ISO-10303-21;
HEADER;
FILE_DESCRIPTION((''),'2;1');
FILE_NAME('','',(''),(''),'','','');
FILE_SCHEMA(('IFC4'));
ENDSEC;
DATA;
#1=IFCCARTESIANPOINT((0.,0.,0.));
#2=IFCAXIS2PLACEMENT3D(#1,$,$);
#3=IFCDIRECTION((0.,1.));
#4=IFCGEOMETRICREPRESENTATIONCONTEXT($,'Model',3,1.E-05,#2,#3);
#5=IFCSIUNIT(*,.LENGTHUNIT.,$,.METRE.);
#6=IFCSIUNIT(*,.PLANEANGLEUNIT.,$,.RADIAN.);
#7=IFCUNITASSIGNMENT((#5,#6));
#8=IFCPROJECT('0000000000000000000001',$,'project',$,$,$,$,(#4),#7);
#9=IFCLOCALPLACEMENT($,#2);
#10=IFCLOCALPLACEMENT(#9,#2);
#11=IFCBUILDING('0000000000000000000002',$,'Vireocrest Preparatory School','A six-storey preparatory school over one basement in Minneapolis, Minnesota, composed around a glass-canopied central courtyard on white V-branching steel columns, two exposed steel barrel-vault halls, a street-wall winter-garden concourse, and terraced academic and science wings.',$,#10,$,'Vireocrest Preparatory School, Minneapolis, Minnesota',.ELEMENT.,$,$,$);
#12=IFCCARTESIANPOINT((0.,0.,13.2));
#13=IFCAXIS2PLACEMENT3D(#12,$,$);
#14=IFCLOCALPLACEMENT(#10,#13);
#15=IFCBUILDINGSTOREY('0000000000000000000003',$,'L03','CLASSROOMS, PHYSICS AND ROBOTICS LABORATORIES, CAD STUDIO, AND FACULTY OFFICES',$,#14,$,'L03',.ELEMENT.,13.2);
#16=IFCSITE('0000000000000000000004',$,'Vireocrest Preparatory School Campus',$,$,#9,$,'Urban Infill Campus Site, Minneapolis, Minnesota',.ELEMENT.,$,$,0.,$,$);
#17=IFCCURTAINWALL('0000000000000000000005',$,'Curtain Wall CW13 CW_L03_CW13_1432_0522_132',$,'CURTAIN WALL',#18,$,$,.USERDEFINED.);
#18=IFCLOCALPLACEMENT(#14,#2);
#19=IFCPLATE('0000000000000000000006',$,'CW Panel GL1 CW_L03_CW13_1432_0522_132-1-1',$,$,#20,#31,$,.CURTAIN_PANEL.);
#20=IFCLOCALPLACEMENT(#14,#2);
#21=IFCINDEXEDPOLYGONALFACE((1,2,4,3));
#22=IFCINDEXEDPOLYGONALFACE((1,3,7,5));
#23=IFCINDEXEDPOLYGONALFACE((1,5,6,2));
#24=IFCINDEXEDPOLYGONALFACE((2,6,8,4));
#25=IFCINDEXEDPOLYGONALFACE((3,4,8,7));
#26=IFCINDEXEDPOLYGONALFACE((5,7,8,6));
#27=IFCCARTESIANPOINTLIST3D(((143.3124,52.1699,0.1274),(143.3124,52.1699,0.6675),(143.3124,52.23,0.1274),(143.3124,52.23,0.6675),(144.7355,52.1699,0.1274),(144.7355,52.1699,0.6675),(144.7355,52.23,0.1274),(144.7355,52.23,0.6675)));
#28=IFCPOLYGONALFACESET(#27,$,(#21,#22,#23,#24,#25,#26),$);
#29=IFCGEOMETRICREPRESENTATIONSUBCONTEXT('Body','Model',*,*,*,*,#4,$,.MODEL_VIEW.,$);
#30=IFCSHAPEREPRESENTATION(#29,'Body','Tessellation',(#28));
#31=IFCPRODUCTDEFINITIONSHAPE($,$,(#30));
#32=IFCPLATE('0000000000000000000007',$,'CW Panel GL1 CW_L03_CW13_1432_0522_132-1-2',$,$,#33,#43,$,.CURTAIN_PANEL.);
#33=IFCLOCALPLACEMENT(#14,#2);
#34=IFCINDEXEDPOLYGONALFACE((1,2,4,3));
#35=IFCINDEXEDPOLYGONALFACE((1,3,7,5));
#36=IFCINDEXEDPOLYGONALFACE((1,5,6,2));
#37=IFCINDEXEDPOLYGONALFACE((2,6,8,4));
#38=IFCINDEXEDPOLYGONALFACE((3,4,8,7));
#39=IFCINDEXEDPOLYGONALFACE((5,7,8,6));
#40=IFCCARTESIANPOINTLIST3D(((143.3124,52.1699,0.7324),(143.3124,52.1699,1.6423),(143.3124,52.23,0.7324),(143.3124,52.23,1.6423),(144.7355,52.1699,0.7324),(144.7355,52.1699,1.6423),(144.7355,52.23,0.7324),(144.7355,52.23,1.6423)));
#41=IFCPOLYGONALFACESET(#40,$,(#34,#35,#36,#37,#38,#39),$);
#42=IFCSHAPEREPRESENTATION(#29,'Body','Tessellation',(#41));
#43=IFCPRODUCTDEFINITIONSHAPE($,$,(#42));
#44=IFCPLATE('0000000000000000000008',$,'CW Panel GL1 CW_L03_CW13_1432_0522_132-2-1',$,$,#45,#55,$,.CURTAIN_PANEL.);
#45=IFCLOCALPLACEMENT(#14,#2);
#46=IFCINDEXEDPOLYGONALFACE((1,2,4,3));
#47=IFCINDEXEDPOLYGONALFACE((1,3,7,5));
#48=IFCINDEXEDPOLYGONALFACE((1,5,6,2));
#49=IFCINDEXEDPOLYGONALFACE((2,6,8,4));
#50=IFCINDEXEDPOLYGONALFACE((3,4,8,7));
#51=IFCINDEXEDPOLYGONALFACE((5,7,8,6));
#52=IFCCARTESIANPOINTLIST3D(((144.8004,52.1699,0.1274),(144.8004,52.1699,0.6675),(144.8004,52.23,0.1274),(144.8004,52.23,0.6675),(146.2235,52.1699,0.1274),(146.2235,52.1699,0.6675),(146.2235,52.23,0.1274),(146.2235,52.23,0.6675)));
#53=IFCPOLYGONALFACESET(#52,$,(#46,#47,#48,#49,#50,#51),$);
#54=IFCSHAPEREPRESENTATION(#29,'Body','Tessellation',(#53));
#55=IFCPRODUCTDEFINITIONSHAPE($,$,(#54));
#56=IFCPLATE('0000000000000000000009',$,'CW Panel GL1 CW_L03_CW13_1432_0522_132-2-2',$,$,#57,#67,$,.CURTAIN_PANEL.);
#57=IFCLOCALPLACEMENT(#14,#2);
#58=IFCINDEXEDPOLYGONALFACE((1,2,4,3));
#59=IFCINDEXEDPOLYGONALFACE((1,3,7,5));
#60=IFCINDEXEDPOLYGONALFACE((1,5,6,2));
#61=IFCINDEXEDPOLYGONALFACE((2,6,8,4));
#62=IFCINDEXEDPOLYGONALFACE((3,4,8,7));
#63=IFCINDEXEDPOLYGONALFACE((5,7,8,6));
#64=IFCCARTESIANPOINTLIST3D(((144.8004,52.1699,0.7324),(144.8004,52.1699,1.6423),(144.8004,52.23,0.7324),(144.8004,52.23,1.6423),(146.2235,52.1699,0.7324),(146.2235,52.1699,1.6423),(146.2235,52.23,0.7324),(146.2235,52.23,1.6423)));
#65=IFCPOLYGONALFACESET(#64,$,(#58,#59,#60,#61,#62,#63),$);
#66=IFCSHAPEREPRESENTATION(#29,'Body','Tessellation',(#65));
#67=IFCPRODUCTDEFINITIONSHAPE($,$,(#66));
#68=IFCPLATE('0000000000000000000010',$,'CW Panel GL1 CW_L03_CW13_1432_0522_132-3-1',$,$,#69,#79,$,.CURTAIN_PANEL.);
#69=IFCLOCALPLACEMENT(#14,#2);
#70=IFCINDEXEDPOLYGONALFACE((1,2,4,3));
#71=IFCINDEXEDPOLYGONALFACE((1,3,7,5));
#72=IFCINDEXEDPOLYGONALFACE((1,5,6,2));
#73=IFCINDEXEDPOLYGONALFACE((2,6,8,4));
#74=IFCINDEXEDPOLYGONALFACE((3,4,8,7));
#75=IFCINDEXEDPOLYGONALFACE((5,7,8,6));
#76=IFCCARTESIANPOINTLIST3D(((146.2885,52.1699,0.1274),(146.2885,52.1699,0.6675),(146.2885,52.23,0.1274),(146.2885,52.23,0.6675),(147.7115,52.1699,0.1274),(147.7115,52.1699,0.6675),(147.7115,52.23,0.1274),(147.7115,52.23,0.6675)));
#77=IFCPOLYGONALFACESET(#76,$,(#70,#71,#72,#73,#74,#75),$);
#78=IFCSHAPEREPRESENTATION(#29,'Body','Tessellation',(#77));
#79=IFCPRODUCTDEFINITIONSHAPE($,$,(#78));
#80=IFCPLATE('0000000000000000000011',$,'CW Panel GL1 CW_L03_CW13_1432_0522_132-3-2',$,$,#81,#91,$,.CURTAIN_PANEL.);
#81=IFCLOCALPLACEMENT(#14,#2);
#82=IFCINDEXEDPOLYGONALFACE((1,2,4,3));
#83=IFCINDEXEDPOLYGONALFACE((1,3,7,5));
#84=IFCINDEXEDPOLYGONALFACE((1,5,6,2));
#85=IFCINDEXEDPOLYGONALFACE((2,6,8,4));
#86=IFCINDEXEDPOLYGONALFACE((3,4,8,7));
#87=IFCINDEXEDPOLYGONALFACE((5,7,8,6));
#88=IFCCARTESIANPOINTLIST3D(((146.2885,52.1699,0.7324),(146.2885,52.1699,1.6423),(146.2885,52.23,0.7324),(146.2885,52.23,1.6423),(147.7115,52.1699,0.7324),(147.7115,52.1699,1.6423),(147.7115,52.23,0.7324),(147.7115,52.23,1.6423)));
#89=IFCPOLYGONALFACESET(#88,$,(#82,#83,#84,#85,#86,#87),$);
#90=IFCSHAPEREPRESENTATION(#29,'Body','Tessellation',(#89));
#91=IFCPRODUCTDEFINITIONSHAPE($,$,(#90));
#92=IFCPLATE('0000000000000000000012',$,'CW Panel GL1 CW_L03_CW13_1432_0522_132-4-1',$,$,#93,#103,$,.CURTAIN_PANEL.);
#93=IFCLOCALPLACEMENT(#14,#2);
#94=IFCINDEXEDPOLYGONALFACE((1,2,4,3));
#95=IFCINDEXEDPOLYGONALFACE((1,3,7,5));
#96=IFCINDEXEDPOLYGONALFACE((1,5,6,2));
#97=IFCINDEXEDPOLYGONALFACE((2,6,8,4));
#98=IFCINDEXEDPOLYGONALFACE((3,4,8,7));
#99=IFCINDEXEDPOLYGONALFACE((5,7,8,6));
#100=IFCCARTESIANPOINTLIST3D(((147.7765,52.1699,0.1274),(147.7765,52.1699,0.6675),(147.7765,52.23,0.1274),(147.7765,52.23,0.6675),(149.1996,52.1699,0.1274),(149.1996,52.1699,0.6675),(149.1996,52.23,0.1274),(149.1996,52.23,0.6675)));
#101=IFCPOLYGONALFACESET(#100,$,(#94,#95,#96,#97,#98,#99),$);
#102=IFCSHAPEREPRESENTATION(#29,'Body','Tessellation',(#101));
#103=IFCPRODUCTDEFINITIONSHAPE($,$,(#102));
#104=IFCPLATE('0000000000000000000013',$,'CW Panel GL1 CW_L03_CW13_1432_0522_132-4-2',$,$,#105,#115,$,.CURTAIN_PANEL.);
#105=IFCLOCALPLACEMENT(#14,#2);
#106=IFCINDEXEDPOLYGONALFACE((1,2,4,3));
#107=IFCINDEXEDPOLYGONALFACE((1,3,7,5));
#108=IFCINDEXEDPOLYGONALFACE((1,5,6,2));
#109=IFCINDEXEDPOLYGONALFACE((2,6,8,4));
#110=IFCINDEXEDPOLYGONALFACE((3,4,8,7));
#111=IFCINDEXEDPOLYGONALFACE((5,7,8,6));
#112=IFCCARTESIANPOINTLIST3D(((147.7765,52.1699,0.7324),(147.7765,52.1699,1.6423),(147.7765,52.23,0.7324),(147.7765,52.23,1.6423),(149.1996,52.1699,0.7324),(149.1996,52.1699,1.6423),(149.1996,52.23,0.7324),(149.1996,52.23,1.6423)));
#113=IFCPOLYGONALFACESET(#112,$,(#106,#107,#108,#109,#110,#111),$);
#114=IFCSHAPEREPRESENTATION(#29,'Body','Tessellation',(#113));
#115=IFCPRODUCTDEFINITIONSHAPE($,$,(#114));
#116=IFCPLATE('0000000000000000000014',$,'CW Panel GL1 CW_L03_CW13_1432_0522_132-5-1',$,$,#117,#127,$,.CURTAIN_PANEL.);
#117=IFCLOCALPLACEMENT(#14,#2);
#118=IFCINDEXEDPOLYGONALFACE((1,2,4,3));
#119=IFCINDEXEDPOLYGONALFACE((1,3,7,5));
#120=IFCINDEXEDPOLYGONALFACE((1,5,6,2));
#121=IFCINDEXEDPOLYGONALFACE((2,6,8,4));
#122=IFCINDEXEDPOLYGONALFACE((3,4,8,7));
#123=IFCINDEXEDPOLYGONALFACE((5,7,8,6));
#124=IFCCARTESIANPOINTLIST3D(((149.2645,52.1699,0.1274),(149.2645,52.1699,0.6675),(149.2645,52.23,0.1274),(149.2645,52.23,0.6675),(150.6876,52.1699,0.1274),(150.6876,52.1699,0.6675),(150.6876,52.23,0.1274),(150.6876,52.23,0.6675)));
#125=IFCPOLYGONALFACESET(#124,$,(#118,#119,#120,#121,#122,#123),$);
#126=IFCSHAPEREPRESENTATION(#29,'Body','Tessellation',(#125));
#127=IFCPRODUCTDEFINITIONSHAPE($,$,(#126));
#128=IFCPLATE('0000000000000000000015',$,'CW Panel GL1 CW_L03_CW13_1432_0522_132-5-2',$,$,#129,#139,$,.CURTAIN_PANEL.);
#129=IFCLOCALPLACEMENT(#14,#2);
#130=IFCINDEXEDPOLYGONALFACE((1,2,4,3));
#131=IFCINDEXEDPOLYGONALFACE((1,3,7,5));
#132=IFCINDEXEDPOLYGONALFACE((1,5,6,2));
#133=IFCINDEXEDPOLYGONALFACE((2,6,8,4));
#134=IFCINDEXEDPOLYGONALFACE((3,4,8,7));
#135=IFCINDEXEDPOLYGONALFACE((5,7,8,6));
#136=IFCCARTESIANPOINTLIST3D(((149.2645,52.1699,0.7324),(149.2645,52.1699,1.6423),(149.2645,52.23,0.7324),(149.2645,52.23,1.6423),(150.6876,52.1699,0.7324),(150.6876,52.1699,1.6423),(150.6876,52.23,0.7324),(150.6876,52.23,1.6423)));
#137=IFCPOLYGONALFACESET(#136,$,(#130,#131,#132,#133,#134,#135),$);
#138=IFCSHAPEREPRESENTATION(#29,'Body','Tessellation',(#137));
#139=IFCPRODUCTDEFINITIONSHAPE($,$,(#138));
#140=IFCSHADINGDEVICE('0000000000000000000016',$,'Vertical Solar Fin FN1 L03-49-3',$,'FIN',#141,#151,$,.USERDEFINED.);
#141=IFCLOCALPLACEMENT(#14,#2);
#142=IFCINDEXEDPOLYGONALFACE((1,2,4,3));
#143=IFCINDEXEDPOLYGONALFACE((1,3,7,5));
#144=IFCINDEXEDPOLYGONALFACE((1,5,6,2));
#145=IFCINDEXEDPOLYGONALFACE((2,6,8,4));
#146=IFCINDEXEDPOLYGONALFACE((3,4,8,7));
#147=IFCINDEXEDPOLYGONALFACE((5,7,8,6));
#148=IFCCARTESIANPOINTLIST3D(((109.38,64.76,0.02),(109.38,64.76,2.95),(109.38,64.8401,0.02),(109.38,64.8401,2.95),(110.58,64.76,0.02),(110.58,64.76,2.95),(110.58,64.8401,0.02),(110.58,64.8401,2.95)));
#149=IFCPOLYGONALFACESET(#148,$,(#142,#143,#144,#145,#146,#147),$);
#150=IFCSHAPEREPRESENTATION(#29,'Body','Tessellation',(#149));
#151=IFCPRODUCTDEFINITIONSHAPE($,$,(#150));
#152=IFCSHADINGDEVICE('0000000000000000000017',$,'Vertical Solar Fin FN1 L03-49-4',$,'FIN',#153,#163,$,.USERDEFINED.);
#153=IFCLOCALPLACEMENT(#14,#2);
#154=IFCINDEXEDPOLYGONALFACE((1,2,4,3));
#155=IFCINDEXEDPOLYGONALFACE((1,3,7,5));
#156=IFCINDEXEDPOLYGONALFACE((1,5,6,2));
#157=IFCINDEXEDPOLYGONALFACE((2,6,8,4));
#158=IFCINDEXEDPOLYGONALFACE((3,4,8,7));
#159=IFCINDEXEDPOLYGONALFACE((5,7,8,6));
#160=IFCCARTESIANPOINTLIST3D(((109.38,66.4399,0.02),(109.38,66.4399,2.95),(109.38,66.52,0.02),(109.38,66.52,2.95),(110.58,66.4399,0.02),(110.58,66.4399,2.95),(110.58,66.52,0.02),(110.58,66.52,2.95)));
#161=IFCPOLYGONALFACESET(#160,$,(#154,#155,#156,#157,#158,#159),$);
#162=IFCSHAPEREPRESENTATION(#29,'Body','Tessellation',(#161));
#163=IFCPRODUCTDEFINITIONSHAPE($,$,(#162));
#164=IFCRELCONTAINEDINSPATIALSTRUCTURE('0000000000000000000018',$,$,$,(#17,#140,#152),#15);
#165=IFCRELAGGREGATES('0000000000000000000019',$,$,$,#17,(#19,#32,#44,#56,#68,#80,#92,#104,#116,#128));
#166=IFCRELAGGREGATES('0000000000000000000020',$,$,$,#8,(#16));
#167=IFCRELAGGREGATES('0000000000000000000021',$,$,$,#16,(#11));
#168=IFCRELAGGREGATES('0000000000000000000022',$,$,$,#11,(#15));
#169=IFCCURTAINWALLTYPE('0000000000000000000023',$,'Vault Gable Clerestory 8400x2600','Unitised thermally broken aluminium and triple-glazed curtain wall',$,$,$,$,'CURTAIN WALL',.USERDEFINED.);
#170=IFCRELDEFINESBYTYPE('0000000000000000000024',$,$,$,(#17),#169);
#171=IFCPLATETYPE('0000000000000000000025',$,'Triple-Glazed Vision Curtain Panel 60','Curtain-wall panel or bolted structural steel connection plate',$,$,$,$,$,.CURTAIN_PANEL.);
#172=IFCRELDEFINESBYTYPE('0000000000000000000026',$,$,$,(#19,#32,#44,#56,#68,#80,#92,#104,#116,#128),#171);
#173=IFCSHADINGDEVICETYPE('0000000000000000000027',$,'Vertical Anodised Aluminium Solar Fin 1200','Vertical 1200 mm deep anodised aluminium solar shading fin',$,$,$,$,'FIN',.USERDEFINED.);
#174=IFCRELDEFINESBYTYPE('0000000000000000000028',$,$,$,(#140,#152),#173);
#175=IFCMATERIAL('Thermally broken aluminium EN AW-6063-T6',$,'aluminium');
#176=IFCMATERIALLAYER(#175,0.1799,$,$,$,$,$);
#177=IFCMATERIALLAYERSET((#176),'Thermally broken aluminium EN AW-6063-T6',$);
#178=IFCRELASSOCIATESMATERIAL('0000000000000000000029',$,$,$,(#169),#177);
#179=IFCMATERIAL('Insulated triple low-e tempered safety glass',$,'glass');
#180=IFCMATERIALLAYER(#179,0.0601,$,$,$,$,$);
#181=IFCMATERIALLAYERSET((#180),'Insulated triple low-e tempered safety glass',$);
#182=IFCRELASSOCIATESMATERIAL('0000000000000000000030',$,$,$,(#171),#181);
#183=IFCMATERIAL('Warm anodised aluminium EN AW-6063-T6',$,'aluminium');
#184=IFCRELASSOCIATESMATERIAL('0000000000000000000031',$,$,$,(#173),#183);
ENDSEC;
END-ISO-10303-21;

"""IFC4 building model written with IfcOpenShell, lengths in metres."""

from ifc_helpers import new_model, si_unit, direction, frame, origin, origin_2d, place, context, subcontext, project, spatial, rectangle, extrude, material, layer, layer_set, material_profile, profile_set, type_object, element, aggregate, save


model = new_model("IFC4")

# Units and contexts
model_context = context("Model", 3, precision=1e-05, world=origin(), true_north=direction((0.0, 1.0)))
body_context = subcontext(model_context, "Body", "Model", "MODEL_VIEW")
ifc_project = project(units=[si_unit("LENGTHUNIT", "METRE"), si_unit("PLANEANGLEUNIT", "RADIAN")], contexts=[model_context])

# Site, building, storey
site_placement = place(None, origin())
site = spatial("IfcSite", under=ifc_project, at=site_placement, Name="Vireocrest Preparatory School Campus", LongName="Urban Infill Campus Site, Minneapolis, Minnesota", CompositionType="ELEMENT", RefElevation=0.0)
building_placement = place(site_placement, origin())
building = spatial("IfcBuilding", under=site, at=building_placement, Name="Vireocrest Preparatory School", Description="A six-storey preparatory school over one basement in Minneapolis, Minnesota, composed around a glass-canopied central courtyard on white V-branching steel columns, two exposed steel barrel-vault halls, a street-wall winter-garden concourse, and terraced academic and science wings.", LongName="Vireocrest Preparatory School, Minneapolis, Minnesota", CompositionType="ELEMENT")
storey_placement = place(building_placement, frame((0.0, 0.0, 13.2)))
storey = spatial("IfcBuildingStorey", under=building, at=storey_placement, Name="L03", Description="CLASSROOMS, PHYSICS AND ROBOTICS LABORATORIES, CAD STUDIO, AND FACULTY OFFICES", LongName="L03", CompositionType="ELEMENT", Elevation=13.2)

# Curtain wall
ifc_material_1 = material(Name="Thermally broken aluminium EN AW-6063-T6", Category="aluminium")
ifc_layer_1 = layer(ifc_material_1, 0.1799)
ifc_layer_set_1 = layer_set([ifc_layer_1], Name="Thermally broken aluminium EN AW-6063-T6")
curtain_wall_type = type_object("IfcCurtainWallType", Name="Vault Gable Clerestory 8400x2600", Description="Unitised thermally broken aluminium and triple-glazed curtain wall", ElementType="CURTAIN WALL", PredefinedType="USERDEFINED", material=ifc_layer_set_1)
curtain_wall_placement = place(storey_placement, origin())
curtain_wall = element("IfcCurtainWall", 1, at=curtain_wall_placement, inside=storey, type_object=curtain_wall_type, Name="Curtain Wall CW13 CW_L03_CW13_1432_0522_132", ObjectType="CURTAIN WALL", PredefinedType="USERDEFINED")

# Plates
ifc_material_2 = material(Name="Insulated triple low-e tempered safety glass", Category="glass")
ifc_layer_2 = layer(ifc_material_2, 0.0601)
ifc_layer_set_2 = layer_set([ifc_layer_2], Name="Insulated triple low-e tempered safety glass")
plate_type_1 = type_object("IfcPlateType", Name="Triple-Glazed Vision Curtain Panel 60", Description="Curtain-wall panel or bolted structural steel connection plate", PredefinedType="CURTAIN_PANEL", material=ifc_layer_set_2)
plate_1_placement = place(storey_placement, frame((144.0239, 52.2, 0.1274), z_axis=(0.0, 0.0, 1.0), x_axis=(1.0, 0.0, 0.0)))
plate_1 = element("IfcPlate", 2, at=plate_1_placement, type_object=plate_type_1, Name="CW Panel GL1 CW_L03_CW13_1432_0522_132-1-1", PredefinedType="CURTAIN_PANEL", context=body_context, shape_type="SweptSolid", body=[
    extrude(rectangle(XDim=1.4231, YDim=0.0601, at=origin_2d()), origin(), (0.0, 0.0, 1.0), 0.54),
])
plate_2_placement = place(storey_placement, frame((144.0239, 52.2, 0.7324), z_axis=(0.0, 0.0, 1.0), x_axis=(1.0, 0.0, 0.0)))
plate_2 = element("IfcPlate", 3, at=plate_2_placement, type_object=plate_type_1, Name="CW Panel GL1 CW_L03_CW13_1432_0522_132-1-2", PredefinedType="CURTAIN_PANEL", context=body_context, shape_type="SweptSolid", body=[
    extrude(rectangle(XDim=1.4231, YDim=0.0601, at=origin_2d()), origin(), (0.0, 0.0, 1.0), 0.9099),
])
plate_3_placement = place(storey_placement, frame((145.512, 52.2, 0.1274), z_axis=(0.0, 0.0, 1.0), x_axis=(1.0, 0.0, 0.0)))
plate_3 = element("IfcPlate", 4, at=plate_3_placement, type_object=plate_type_1, Name="CW Panel GL1 CW_L03_CW13_1432_0522_132-2-1", PredefinedType="CURTAIN_PANEL", context=body_context, shape_type="SweptSolid", body=[
    extrude(rectangle(XDim=1.4231, YDim=0.0601, at=origin_2d()), origin(), (0.0, 0.0, 1.0), 0.54),
])
plate_4_placement = place(storey_placement, frame((145.512, 52.2, 0.7324), z_axis=(0.0, 0.0, 1.0), x_axis=(1.0, 0.0, 0.0)))
plate_4 = element("IfcPlate", 5, at=plate_4_placement, type_object=plate_type_1, Name="CW Panel GL1 CW_L03_CW13_1432_0522_132-2-2", PredefinedType="CURTAIN_PANEL", context=body_context, shape_type="SweptSolid", body=[
    extrude(rectangle(XDim=1.4231, YDim=0.0601, at=origin_2d()), origin(), (0.0, 0.0, 1.0), 0.9099),
])
plate_5_placement = place(storey_placement, frame((147.0, 52.2, 0.1274), z_axis=(0.0, 0.0, 1.0), x_axis=(1.0, 0.0, 0.0)))
plate_5 = element("IfcPlate", 6, at=plate_5_placement, type_object=plate_type_1, Name="CW Panel GL1 CW_L03_CW13_1432_0522_132-3-1", PredefinedType="CURTAIN_PANEL", context=body_context, shape_type="SweptSolid", body=[
    extrude(rectangle(XDim=1.4231, YDim=0.0601, at=origin_2d()), origin(), (0.0, 0.0, 1.0), 0.54),
])
plate_6_placement = place(storey_placement, frame((147.0, 52.2, 0.7324), z_axis=(0.0, 0.0, 1.0), x_axis=(1.0, 0.0, 0.0)))
plate_6 = element("IfcPlate", 7, at=plate_6_placement, type_object=plate_type_1, Name="CW Panel GL1 CW_L03_CW13_1432_0522_132-3-2", PredefinedType="CURTAIN_PANEL", context=body_context, shape_type="SweptSolid", body=[
    extrude(rectangle(XDim=1.4231, YDim=0.0601, at=origin_2d()), origin(), (0.0, 0.0, 1.0), 0.9099),
])
plate_7_placement = place(storey_placement, frame((148.488, 52.2, 0.1274), z_axis=(0.0, 0.0, 1.0), x_axis=(1.0, 0.0, 0.0)))
plate_7 = element("IfcPlate", 8, at=plate_7_placement, type_object=plate_type_1, Name="CW Panel GL1 CW_L03_CW13_1432_0522_132-4-1", PredefinedType="CURTAIN_PANEL", context=body_context, shape_type="SweptSolid", body=[
    extrude(rectangle(XDim=1.4231, YDim=0.0601, at=origin_2d()), origin(), (0.0, 0.0, 1.0), 0.54),
])
plate_8_placement = place(storey_placement, frame((148.488, 52.2, 0.7324), z_axis=(0.0, 0.0, 1.0), x_axis=(1.0, 0.0, 0.0)))
plate_8 = element("IfcPlate", 9, at=plate_8_placement, type_object=plate_type_1, Name="CW Panel GL1 CW_L03_CW13_1432_0522_132-4-2", PredefinedType="CURTAIN_PANEL", context=body_context, shape_type="SweptSolid", body=[
    extrude(rectangle(XDim=1.4231, YDim=0.0601, at=origin_2d()), origin(), (0.0, 0.0, 1.0), 0.9099),
])
plate_9_placement = place(storey_placement, frame((149.9761, 52.2, 0.1274), z_axis=(0.0, 0.0, 1.0), x_axis=(1.0, 0.0, 0.0)))
plate_9 = element("IfcPlate", 10, at=plate_9_placement, type_object=plate_type_1, Name="CW Panel GL1 CW_L03_CW13_1432_0522_132-5-1", PredefinedType="CURTAIN_PANEL", context=body_context, shape_type="SweptSolid", body=[
    extrude(rectangle(XDim=1.4231, YDim=0.0601, at=origin_2d()), origin(), (0.0, 0.0, 1.0), 0.54),
])
plate_10_placement = place(storey_placement, frame((149.9761, 52.2, 0.7324), z_axis=(0.0, 0.0, 1.0), x_axis=(1.0, 0.0, 0.0)))
plate_10 = element("IfcPlate", 11, at=plate_10_placement, type_object=plate_type_1, Name="CW Panel GL1 CW_L03_CW13_1432_0522_132-5-2", PredefinedType="CURTAIN_PANEL", context=body_context, shape_type="SweptSolid", body=[
    extrude(rectangle(XDim=1.4231, YDim=0.0601, at=origin_2d()), origin(), (0.0, 0.0, 1.0), 0.9099),
])
aggregate(curtain_wall, [plate_1, plate_2, plate_3, plate_4, plate_5, plate_6, plate_7, plate_8, plate_9, plate_10])

# Shading devices
ifc_material_3 = material(Name="Warm anodised aluminium EN AW-6063-T6", Category="aluminium")
ifc_material_profile_1 = material_profile(ifc_material_3, rectangle(XDim=0.0801, YDim=1.2, at=origin_2d()), Name="FIN 80x1200")
ifc_profile_set_1 = profile_set([ifc_material_profile_1], Name="Warm anodised aluminium EN AW-6063-T6")
shading_device_type = type_object("IfcShadingDeviceType", Name="Vertical Anodised Aluminium Solar Fin 1200", Description="Vertical 1200 mm deep anodised aluminium solar shading fin", ElementType="FIN", PredefinedType="USERDEFINED", material=ifc_profile_set_1)
for number, where, z_axis, x_axis, name in (
    (12, (109.98, 64.8, 0.02), (0.0, 0.0, 1.0), (0.0, -1.0, 0.0), "Vertical Solar Fin FN1 L03-49-3"),
    (13, (109.98, 66.48, 0.02), (0.0, 0.0, 1.0), (0.0, -1.0, 0.0), "Vertical Solar Fin FN1 L03-49-4"),
):
    element("IfcShadingDevice", number, at=place(storey_placement, frame(where, z_axis=z_axis, x_axis=x_axis)), inside=storey, type_object=shading_device_type, Name=name, ObjectType="FIN", PredefinedType="USERDEFINED", context=body_context, shape_type="SweptSolid", body=[
        extrude(rectangle(XDim=0.0801, YDim=1.2, at=origin_2d()), origin(), (0.0, 0.0, 1.0), 2.9299),
    ])

save(model, "model.ifc")
